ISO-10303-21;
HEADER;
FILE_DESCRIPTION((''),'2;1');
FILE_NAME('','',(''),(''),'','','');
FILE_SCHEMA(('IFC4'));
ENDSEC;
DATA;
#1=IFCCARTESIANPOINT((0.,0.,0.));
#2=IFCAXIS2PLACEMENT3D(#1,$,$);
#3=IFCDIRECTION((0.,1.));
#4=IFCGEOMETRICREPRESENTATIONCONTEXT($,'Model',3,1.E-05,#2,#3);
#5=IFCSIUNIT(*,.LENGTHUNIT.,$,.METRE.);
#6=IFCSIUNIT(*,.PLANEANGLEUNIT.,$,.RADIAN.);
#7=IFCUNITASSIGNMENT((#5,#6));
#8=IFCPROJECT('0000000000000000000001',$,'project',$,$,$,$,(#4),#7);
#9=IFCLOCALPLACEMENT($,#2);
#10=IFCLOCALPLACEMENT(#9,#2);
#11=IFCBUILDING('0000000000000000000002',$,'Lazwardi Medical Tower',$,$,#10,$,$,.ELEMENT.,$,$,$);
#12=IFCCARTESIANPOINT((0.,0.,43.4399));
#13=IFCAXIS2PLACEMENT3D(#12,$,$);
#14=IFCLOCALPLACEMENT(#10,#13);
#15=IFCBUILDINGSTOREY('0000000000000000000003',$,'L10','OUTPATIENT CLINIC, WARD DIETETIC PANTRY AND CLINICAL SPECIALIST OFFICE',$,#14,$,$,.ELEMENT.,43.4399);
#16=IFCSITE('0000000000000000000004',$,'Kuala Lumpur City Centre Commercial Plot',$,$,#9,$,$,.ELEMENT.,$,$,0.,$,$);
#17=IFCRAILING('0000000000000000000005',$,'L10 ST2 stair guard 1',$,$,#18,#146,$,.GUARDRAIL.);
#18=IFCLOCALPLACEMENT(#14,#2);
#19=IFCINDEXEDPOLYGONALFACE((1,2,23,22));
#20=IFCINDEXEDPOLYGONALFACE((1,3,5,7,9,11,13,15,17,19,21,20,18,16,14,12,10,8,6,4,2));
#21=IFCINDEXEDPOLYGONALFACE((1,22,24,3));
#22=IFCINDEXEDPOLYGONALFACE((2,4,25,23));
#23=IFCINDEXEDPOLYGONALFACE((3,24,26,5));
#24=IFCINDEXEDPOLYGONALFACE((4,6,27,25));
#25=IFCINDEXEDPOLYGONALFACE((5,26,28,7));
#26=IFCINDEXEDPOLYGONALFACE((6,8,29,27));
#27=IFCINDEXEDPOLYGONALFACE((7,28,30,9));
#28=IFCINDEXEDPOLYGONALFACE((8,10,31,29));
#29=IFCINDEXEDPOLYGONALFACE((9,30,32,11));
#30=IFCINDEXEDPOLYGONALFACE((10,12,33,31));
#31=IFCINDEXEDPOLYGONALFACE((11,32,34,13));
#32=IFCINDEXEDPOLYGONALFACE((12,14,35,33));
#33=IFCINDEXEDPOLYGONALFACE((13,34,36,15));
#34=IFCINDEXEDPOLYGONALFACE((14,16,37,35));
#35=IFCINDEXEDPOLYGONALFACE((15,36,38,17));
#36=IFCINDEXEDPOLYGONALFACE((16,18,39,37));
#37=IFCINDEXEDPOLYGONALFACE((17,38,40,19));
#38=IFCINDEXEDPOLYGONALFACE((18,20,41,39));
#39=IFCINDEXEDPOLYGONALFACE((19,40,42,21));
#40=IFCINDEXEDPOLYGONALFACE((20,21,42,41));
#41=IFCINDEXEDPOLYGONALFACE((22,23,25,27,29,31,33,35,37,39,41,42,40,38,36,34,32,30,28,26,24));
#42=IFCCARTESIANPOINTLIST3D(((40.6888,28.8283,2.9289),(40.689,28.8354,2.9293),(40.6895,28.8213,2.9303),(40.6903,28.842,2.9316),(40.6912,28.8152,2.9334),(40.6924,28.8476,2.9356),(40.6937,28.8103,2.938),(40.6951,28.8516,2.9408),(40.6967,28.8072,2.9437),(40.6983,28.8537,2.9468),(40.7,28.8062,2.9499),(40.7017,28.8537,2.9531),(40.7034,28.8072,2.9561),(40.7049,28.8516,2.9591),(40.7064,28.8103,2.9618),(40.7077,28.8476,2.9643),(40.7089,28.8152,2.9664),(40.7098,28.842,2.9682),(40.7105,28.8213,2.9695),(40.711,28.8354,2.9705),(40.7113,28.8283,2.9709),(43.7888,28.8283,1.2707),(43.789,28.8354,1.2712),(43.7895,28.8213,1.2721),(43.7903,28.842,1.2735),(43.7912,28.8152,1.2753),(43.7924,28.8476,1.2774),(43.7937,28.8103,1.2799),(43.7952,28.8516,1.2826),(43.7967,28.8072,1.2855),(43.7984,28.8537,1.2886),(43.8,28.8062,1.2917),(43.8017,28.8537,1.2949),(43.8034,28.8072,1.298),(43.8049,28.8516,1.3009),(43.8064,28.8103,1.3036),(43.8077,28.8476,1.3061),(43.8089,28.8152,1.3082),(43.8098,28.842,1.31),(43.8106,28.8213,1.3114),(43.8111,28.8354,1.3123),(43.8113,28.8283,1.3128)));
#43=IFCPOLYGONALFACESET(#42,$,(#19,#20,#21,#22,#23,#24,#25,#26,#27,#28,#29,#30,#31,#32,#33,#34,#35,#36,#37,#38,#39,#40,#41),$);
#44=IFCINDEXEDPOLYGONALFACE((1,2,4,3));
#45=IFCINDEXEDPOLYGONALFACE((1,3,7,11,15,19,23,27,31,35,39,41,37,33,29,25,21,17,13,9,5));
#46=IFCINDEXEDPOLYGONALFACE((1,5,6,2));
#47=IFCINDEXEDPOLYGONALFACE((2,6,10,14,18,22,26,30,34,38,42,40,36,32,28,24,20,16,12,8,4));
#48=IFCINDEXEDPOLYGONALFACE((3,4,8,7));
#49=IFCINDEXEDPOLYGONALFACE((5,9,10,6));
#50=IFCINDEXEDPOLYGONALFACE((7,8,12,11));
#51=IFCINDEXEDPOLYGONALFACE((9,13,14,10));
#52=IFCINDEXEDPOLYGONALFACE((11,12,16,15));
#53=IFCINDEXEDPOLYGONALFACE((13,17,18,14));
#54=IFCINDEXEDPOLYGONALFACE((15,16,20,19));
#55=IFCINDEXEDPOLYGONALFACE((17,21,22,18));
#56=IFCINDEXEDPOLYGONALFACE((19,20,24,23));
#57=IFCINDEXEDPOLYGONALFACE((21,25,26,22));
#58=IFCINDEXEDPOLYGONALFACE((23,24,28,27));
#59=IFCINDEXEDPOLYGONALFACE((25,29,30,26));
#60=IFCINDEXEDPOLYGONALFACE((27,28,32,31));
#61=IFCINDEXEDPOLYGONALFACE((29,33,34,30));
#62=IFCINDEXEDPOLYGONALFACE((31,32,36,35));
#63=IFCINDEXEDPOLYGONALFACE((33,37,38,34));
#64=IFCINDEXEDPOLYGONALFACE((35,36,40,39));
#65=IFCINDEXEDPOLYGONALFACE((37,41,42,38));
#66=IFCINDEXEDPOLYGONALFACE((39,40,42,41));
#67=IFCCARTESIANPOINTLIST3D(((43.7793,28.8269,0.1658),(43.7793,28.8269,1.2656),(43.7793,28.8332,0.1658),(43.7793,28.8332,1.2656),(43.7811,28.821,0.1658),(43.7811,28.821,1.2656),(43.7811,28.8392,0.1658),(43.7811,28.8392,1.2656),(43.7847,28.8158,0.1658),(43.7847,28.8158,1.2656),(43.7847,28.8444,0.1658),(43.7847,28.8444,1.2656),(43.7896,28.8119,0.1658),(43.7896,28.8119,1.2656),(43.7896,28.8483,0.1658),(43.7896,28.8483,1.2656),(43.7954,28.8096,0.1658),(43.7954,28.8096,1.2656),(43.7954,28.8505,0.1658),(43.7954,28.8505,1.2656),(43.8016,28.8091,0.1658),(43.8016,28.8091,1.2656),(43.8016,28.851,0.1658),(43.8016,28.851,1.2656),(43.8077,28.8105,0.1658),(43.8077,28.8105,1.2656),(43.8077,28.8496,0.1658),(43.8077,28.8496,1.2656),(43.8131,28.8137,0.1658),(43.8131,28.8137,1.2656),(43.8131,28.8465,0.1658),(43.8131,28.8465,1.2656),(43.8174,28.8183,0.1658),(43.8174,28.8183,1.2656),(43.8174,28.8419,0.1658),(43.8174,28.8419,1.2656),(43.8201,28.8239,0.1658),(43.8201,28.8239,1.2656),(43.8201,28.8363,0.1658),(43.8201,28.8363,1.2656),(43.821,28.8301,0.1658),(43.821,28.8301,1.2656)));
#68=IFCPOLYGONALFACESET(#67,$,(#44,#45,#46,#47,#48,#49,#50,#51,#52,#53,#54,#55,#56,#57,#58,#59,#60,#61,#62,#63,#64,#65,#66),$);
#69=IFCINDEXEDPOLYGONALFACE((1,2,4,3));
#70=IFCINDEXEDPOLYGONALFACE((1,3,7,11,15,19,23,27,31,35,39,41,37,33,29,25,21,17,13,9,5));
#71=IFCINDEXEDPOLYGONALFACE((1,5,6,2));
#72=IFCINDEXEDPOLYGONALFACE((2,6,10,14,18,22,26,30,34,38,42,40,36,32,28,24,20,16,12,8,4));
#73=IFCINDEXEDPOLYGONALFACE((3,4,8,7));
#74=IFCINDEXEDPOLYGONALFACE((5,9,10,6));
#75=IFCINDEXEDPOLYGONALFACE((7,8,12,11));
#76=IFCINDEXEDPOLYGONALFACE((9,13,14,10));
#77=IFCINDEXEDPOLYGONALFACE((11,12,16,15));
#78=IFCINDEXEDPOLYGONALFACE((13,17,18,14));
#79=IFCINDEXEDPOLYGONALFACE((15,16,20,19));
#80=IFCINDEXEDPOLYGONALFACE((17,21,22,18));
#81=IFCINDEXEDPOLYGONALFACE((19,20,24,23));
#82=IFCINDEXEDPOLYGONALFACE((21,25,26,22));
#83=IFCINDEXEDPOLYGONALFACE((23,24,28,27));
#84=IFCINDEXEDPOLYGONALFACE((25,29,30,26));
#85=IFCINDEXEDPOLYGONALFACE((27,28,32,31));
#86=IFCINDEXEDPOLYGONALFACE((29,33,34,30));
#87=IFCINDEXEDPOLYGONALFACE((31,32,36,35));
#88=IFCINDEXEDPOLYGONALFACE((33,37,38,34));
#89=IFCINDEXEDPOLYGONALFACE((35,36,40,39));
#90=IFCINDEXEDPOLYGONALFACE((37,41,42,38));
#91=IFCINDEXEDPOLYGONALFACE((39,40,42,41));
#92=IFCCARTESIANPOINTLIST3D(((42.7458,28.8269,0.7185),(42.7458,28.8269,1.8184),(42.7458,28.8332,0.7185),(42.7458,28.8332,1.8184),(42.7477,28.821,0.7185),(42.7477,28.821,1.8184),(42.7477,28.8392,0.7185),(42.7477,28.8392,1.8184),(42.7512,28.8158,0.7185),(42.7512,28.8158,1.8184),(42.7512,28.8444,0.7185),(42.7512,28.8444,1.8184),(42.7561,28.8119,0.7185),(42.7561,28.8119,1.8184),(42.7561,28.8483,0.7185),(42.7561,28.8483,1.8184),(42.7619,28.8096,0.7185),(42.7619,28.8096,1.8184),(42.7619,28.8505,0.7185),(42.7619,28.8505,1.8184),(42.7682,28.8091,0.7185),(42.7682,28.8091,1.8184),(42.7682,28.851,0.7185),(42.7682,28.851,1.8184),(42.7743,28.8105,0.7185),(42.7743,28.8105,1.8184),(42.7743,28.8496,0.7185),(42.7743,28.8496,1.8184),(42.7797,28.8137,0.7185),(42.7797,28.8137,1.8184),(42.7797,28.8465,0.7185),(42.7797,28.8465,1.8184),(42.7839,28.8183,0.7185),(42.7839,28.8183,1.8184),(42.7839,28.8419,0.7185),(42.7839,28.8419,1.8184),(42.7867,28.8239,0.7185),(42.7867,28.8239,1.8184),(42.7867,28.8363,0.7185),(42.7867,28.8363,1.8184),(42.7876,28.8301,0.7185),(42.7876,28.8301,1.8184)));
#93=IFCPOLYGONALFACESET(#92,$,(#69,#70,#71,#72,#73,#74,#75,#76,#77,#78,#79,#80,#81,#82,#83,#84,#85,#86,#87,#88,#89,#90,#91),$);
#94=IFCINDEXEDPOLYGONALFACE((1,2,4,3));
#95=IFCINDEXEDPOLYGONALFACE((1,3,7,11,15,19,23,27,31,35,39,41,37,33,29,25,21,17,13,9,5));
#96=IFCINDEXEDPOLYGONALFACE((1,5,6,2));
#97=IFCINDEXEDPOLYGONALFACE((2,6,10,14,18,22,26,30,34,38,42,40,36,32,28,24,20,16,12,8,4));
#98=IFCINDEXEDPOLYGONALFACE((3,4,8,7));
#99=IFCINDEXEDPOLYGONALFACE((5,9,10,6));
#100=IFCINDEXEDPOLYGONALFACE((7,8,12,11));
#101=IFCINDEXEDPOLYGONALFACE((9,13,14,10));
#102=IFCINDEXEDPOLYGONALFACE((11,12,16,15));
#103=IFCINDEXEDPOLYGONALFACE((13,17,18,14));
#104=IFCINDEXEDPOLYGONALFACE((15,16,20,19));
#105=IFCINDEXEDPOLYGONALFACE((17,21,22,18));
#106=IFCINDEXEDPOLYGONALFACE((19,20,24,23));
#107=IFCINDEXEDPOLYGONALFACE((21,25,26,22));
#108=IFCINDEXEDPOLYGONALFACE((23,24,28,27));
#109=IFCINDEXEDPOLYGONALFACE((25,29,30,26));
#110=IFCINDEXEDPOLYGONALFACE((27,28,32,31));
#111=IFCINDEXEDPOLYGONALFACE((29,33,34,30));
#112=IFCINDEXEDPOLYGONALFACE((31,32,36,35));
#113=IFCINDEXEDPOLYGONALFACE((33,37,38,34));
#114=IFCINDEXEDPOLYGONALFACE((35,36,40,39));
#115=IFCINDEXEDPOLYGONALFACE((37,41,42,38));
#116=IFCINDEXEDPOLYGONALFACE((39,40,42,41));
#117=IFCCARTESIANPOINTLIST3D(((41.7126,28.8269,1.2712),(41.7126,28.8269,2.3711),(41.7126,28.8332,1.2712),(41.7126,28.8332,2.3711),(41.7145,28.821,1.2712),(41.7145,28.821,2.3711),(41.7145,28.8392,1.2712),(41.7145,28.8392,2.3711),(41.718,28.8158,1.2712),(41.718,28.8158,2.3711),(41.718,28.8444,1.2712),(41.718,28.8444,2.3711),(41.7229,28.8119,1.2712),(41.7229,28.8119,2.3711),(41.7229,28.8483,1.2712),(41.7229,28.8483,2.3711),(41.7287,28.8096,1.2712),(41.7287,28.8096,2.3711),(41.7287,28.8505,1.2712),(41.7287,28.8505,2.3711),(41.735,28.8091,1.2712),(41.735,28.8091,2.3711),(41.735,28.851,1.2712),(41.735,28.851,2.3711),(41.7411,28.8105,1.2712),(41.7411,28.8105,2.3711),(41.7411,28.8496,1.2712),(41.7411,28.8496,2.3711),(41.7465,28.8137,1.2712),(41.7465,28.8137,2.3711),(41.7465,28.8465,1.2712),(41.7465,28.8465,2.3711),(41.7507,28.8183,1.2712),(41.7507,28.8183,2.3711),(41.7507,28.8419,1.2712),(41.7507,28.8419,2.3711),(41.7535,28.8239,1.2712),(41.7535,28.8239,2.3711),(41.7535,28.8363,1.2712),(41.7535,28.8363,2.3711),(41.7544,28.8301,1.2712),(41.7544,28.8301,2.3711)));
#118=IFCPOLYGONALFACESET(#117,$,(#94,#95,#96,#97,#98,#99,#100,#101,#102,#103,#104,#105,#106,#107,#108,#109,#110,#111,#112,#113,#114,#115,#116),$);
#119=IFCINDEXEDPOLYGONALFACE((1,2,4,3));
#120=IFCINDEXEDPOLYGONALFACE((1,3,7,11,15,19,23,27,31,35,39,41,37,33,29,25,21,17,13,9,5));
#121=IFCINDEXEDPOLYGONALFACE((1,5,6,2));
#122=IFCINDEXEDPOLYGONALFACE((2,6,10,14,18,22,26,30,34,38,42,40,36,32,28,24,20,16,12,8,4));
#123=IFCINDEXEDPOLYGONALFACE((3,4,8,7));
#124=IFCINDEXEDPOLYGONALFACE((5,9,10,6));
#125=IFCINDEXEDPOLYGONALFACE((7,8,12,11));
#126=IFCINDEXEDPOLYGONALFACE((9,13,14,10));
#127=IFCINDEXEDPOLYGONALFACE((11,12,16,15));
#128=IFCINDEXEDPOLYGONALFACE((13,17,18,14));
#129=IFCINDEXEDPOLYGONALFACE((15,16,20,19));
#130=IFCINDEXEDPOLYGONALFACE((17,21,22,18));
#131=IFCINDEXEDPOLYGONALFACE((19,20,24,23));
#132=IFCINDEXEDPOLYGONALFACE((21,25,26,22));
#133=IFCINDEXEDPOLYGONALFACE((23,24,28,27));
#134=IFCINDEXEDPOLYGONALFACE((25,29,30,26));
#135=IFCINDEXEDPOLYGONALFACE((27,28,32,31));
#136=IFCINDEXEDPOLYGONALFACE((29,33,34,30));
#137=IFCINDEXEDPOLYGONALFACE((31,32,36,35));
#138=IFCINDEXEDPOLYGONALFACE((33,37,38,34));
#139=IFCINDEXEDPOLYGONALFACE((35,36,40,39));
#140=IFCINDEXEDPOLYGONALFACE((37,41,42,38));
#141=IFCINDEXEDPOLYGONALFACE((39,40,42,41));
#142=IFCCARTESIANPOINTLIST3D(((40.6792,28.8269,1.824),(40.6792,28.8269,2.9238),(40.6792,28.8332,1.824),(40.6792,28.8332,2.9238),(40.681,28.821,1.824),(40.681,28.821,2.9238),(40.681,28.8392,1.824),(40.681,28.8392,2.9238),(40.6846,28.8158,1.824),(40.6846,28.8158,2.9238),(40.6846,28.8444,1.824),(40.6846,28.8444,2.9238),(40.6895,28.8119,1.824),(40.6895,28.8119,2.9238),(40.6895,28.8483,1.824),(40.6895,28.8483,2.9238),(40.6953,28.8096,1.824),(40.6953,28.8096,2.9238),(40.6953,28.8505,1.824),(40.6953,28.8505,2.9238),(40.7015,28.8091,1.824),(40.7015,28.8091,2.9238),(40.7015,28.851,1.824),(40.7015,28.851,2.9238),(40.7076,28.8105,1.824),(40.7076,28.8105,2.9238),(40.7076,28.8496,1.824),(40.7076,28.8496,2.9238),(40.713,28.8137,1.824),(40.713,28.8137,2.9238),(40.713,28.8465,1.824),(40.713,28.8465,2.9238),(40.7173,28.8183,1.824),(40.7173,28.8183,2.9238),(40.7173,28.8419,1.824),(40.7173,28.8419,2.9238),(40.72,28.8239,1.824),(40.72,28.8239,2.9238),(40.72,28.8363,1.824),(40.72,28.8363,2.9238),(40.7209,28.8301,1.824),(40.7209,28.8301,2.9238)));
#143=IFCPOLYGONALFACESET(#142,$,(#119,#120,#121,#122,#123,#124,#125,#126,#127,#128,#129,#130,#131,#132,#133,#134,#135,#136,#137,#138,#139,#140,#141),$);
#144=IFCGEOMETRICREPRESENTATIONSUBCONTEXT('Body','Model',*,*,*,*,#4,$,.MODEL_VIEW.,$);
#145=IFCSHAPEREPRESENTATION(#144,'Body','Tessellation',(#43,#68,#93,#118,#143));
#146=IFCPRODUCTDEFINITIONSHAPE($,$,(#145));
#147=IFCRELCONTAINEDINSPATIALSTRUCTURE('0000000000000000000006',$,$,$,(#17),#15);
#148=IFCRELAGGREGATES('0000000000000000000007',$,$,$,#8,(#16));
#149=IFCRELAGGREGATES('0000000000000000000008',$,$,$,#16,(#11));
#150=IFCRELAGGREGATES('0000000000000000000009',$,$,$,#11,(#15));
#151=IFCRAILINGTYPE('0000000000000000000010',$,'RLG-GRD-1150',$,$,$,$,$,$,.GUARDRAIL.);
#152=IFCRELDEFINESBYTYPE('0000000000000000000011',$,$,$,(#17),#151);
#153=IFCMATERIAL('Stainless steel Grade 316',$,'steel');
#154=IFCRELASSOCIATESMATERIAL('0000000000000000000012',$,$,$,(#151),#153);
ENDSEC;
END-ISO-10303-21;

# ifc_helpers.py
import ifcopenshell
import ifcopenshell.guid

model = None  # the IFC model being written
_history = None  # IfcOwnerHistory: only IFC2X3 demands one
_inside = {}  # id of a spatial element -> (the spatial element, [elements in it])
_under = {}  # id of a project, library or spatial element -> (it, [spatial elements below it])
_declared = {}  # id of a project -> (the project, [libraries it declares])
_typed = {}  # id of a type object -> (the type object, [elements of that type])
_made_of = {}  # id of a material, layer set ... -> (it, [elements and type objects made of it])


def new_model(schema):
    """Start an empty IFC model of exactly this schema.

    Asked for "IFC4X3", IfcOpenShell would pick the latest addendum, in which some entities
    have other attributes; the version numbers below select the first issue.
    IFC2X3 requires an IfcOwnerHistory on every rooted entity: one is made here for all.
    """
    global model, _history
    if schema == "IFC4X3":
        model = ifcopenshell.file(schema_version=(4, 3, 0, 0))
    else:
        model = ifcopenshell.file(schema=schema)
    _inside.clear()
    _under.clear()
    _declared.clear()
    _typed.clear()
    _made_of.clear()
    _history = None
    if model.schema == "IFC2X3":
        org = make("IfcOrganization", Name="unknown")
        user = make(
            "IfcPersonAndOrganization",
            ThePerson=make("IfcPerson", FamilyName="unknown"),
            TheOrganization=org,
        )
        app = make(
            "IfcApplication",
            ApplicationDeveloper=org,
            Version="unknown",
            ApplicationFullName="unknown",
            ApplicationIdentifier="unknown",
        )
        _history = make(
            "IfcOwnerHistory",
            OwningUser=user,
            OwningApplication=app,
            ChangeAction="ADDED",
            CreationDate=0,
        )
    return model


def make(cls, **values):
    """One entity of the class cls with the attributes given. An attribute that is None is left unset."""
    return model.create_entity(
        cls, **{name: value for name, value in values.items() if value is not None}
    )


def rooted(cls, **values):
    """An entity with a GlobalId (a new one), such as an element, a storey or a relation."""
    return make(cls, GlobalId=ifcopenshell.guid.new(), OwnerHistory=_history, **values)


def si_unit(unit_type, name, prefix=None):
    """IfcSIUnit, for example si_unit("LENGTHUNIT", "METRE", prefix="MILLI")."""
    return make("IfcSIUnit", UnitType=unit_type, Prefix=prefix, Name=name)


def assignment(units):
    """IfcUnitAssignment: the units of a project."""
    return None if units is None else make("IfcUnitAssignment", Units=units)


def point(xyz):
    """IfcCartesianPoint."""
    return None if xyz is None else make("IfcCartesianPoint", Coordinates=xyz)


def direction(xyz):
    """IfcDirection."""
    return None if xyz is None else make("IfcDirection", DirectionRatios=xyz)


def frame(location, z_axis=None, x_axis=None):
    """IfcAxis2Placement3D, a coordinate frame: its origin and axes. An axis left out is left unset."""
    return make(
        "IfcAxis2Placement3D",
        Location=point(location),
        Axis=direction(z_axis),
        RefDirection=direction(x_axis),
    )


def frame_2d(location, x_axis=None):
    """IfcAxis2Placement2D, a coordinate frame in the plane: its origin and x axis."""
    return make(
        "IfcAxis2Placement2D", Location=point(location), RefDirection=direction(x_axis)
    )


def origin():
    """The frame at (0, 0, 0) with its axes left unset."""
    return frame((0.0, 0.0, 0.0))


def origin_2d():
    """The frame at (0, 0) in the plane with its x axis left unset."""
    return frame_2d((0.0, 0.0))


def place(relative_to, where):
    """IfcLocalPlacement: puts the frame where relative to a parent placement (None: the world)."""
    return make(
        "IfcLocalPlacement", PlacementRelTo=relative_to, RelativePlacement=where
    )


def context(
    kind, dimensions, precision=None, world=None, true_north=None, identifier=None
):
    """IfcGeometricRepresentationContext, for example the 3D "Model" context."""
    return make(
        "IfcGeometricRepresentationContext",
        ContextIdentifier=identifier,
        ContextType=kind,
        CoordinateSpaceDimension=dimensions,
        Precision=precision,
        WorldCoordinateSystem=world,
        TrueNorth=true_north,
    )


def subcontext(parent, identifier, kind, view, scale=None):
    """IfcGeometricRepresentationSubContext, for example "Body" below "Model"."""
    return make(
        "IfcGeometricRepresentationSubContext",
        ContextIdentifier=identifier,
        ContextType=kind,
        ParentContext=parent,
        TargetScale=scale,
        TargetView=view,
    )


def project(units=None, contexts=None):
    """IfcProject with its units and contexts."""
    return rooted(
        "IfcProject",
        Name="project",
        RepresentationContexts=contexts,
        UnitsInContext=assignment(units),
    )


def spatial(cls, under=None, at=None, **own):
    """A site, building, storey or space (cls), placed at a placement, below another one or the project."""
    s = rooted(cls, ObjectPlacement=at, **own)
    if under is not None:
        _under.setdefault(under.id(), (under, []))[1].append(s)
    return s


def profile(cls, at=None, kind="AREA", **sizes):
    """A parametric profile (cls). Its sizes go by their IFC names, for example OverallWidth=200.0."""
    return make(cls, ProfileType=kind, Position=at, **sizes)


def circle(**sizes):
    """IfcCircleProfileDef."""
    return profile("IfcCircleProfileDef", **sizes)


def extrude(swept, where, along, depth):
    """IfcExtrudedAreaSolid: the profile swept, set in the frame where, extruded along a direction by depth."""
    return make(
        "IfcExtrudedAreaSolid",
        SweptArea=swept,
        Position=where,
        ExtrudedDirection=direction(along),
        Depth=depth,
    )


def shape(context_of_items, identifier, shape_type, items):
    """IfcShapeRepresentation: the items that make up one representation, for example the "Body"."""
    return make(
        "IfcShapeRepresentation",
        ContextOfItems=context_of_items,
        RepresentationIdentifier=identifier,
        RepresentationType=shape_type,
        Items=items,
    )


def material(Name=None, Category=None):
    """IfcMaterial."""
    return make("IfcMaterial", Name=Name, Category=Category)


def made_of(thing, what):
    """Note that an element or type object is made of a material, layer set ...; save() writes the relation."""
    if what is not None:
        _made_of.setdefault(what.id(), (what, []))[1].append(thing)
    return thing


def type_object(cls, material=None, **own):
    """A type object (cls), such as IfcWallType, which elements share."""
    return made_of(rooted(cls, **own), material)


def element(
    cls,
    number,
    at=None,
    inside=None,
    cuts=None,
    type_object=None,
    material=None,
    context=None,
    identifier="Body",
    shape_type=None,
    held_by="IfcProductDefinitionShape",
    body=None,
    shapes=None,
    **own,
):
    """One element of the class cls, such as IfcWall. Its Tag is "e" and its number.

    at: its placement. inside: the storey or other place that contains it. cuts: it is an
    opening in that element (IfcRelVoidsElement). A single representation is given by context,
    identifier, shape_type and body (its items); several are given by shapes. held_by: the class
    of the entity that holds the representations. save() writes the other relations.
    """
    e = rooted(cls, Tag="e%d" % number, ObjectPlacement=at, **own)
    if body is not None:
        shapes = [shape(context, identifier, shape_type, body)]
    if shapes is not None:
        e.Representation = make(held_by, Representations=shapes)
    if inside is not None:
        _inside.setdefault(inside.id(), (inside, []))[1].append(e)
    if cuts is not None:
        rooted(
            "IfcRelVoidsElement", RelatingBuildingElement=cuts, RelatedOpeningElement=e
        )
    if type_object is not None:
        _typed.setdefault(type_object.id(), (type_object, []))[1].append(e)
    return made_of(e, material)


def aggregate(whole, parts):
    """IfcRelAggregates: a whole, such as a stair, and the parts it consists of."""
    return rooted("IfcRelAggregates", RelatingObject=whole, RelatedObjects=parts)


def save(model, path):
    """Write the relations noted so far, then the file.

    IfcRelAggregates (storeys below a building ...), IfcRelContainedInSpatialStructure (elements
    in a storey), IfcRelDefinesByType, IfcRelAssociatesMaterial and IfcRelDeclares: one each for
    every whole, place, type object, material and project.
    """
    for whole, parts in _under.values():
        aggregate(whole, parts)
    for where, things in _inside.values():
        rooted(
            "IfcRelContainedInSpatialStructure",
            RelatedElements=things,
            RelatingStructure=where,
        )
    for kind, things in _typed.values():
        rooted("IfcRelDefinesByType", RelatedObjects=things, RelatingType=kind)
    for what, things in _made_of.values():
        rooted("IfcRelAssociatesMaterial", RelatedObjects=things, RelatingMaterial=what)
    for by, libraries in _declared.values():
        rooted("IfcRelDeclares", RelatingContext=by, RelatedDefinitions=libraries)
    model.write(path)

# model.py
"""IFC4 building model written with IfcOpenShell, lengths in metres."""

from ifc_helpers import new_model, si_unit, direction, frame, origin, origin_2d, place, context, subcontext, project, spatial, circle, extrude, material, type_object, element, save


model = new_model("IFC4")

# Units and contexts
model_context = context("Model", 3, precision=1e-05, world=origin(), true_north=direction((0.0, 1.0)))
body_context = subcontext(model_context, "Body", "Model", "MODEL_VIEW")
ifc_project = project(units=[si_unit("LENGTHUNIT", "METRE"), si_unit("PLANEANGLEUNIT", "RADIAN")], contexts=[model_context])

# Site, building, storey
site_placement = place(None, origin())
site = spatial("IfcSite", under=ifc_project, at=site_placement, Name="Kuala Lumpur City Centre Commercial Plot", CompositionType="ELEMENT", RefElevation=0.0)
building_placement = place(site_placement, origin())
building = spatial("IfcBuilding", under=site, at=building_placement, Name="Lazwardi Medical Tower", CompositionType="ELEMENT")
storey_placement = place(building_placement, frame((0.0, 0.0, 43.4399)))
storey = spatial("IfcBuildingStorey", under=building, at=storey_placement, Name="L10", Description="OUTPATIENT CLINIC, WARD DIETETIC PANTRY AND CLINICAL SPECIALIST OFFICE", CompositionType="ELEMENT", Elevation=43.4399)

# Railing
ifc_material_1 = material(Name="Stainless steel Grade 316", Category="steel")
railing_type_1 = type_object("IfcRailingType", Name="RLG-GRD-1150", PredefinedType="GUARDRAIL", material=ifc_material_1)
railing_1_placement = place(storey_placement, frame((43.8, 28.8301, 0.1658)))
element("IfcRailing", 1, at=railing_1_placement, inside=storey, type_object=railing_type_1, Name="L10 ST2 stair guard 1", PredefinedType="GUARDRAIL", context=body_context, shape_type="SweptSolid", body=[
    extrude(circle(Radius=0.0239, at=origin_2d()), frame((0.0, 0.0, 1.126), z_axis=(-0.881783, 0.0, 0.471655), x_axis=(0.0, -1.0, 0.0)), (0.0, 0.0, 1.0), 3.5156),
    extrude(circle(Radius=0.021, at=origin_2d()), origin(), (0.0, 0.0, 1.0), 1.0999),
    extrude(circle(Radius=0.021, at=origin_2d()), frame((-1.0334, 0.0, 0.5527)), (0.0, 0.0, 1.0), 1.0999),
    extrude(circle(Radius=0.021, at=origin_2d()), frame((-2.0667, 0.0, 1.1055)), (0.0, 0.0, 1.0), 1.0999),
    extrude(circle(Radius=0.021, at=origin_2d()), frame((-3.1001, 0.0, 1.6582)), (0.0, 0.0, 1.0), 1.0999),
])

save(model, "model.ifc")
